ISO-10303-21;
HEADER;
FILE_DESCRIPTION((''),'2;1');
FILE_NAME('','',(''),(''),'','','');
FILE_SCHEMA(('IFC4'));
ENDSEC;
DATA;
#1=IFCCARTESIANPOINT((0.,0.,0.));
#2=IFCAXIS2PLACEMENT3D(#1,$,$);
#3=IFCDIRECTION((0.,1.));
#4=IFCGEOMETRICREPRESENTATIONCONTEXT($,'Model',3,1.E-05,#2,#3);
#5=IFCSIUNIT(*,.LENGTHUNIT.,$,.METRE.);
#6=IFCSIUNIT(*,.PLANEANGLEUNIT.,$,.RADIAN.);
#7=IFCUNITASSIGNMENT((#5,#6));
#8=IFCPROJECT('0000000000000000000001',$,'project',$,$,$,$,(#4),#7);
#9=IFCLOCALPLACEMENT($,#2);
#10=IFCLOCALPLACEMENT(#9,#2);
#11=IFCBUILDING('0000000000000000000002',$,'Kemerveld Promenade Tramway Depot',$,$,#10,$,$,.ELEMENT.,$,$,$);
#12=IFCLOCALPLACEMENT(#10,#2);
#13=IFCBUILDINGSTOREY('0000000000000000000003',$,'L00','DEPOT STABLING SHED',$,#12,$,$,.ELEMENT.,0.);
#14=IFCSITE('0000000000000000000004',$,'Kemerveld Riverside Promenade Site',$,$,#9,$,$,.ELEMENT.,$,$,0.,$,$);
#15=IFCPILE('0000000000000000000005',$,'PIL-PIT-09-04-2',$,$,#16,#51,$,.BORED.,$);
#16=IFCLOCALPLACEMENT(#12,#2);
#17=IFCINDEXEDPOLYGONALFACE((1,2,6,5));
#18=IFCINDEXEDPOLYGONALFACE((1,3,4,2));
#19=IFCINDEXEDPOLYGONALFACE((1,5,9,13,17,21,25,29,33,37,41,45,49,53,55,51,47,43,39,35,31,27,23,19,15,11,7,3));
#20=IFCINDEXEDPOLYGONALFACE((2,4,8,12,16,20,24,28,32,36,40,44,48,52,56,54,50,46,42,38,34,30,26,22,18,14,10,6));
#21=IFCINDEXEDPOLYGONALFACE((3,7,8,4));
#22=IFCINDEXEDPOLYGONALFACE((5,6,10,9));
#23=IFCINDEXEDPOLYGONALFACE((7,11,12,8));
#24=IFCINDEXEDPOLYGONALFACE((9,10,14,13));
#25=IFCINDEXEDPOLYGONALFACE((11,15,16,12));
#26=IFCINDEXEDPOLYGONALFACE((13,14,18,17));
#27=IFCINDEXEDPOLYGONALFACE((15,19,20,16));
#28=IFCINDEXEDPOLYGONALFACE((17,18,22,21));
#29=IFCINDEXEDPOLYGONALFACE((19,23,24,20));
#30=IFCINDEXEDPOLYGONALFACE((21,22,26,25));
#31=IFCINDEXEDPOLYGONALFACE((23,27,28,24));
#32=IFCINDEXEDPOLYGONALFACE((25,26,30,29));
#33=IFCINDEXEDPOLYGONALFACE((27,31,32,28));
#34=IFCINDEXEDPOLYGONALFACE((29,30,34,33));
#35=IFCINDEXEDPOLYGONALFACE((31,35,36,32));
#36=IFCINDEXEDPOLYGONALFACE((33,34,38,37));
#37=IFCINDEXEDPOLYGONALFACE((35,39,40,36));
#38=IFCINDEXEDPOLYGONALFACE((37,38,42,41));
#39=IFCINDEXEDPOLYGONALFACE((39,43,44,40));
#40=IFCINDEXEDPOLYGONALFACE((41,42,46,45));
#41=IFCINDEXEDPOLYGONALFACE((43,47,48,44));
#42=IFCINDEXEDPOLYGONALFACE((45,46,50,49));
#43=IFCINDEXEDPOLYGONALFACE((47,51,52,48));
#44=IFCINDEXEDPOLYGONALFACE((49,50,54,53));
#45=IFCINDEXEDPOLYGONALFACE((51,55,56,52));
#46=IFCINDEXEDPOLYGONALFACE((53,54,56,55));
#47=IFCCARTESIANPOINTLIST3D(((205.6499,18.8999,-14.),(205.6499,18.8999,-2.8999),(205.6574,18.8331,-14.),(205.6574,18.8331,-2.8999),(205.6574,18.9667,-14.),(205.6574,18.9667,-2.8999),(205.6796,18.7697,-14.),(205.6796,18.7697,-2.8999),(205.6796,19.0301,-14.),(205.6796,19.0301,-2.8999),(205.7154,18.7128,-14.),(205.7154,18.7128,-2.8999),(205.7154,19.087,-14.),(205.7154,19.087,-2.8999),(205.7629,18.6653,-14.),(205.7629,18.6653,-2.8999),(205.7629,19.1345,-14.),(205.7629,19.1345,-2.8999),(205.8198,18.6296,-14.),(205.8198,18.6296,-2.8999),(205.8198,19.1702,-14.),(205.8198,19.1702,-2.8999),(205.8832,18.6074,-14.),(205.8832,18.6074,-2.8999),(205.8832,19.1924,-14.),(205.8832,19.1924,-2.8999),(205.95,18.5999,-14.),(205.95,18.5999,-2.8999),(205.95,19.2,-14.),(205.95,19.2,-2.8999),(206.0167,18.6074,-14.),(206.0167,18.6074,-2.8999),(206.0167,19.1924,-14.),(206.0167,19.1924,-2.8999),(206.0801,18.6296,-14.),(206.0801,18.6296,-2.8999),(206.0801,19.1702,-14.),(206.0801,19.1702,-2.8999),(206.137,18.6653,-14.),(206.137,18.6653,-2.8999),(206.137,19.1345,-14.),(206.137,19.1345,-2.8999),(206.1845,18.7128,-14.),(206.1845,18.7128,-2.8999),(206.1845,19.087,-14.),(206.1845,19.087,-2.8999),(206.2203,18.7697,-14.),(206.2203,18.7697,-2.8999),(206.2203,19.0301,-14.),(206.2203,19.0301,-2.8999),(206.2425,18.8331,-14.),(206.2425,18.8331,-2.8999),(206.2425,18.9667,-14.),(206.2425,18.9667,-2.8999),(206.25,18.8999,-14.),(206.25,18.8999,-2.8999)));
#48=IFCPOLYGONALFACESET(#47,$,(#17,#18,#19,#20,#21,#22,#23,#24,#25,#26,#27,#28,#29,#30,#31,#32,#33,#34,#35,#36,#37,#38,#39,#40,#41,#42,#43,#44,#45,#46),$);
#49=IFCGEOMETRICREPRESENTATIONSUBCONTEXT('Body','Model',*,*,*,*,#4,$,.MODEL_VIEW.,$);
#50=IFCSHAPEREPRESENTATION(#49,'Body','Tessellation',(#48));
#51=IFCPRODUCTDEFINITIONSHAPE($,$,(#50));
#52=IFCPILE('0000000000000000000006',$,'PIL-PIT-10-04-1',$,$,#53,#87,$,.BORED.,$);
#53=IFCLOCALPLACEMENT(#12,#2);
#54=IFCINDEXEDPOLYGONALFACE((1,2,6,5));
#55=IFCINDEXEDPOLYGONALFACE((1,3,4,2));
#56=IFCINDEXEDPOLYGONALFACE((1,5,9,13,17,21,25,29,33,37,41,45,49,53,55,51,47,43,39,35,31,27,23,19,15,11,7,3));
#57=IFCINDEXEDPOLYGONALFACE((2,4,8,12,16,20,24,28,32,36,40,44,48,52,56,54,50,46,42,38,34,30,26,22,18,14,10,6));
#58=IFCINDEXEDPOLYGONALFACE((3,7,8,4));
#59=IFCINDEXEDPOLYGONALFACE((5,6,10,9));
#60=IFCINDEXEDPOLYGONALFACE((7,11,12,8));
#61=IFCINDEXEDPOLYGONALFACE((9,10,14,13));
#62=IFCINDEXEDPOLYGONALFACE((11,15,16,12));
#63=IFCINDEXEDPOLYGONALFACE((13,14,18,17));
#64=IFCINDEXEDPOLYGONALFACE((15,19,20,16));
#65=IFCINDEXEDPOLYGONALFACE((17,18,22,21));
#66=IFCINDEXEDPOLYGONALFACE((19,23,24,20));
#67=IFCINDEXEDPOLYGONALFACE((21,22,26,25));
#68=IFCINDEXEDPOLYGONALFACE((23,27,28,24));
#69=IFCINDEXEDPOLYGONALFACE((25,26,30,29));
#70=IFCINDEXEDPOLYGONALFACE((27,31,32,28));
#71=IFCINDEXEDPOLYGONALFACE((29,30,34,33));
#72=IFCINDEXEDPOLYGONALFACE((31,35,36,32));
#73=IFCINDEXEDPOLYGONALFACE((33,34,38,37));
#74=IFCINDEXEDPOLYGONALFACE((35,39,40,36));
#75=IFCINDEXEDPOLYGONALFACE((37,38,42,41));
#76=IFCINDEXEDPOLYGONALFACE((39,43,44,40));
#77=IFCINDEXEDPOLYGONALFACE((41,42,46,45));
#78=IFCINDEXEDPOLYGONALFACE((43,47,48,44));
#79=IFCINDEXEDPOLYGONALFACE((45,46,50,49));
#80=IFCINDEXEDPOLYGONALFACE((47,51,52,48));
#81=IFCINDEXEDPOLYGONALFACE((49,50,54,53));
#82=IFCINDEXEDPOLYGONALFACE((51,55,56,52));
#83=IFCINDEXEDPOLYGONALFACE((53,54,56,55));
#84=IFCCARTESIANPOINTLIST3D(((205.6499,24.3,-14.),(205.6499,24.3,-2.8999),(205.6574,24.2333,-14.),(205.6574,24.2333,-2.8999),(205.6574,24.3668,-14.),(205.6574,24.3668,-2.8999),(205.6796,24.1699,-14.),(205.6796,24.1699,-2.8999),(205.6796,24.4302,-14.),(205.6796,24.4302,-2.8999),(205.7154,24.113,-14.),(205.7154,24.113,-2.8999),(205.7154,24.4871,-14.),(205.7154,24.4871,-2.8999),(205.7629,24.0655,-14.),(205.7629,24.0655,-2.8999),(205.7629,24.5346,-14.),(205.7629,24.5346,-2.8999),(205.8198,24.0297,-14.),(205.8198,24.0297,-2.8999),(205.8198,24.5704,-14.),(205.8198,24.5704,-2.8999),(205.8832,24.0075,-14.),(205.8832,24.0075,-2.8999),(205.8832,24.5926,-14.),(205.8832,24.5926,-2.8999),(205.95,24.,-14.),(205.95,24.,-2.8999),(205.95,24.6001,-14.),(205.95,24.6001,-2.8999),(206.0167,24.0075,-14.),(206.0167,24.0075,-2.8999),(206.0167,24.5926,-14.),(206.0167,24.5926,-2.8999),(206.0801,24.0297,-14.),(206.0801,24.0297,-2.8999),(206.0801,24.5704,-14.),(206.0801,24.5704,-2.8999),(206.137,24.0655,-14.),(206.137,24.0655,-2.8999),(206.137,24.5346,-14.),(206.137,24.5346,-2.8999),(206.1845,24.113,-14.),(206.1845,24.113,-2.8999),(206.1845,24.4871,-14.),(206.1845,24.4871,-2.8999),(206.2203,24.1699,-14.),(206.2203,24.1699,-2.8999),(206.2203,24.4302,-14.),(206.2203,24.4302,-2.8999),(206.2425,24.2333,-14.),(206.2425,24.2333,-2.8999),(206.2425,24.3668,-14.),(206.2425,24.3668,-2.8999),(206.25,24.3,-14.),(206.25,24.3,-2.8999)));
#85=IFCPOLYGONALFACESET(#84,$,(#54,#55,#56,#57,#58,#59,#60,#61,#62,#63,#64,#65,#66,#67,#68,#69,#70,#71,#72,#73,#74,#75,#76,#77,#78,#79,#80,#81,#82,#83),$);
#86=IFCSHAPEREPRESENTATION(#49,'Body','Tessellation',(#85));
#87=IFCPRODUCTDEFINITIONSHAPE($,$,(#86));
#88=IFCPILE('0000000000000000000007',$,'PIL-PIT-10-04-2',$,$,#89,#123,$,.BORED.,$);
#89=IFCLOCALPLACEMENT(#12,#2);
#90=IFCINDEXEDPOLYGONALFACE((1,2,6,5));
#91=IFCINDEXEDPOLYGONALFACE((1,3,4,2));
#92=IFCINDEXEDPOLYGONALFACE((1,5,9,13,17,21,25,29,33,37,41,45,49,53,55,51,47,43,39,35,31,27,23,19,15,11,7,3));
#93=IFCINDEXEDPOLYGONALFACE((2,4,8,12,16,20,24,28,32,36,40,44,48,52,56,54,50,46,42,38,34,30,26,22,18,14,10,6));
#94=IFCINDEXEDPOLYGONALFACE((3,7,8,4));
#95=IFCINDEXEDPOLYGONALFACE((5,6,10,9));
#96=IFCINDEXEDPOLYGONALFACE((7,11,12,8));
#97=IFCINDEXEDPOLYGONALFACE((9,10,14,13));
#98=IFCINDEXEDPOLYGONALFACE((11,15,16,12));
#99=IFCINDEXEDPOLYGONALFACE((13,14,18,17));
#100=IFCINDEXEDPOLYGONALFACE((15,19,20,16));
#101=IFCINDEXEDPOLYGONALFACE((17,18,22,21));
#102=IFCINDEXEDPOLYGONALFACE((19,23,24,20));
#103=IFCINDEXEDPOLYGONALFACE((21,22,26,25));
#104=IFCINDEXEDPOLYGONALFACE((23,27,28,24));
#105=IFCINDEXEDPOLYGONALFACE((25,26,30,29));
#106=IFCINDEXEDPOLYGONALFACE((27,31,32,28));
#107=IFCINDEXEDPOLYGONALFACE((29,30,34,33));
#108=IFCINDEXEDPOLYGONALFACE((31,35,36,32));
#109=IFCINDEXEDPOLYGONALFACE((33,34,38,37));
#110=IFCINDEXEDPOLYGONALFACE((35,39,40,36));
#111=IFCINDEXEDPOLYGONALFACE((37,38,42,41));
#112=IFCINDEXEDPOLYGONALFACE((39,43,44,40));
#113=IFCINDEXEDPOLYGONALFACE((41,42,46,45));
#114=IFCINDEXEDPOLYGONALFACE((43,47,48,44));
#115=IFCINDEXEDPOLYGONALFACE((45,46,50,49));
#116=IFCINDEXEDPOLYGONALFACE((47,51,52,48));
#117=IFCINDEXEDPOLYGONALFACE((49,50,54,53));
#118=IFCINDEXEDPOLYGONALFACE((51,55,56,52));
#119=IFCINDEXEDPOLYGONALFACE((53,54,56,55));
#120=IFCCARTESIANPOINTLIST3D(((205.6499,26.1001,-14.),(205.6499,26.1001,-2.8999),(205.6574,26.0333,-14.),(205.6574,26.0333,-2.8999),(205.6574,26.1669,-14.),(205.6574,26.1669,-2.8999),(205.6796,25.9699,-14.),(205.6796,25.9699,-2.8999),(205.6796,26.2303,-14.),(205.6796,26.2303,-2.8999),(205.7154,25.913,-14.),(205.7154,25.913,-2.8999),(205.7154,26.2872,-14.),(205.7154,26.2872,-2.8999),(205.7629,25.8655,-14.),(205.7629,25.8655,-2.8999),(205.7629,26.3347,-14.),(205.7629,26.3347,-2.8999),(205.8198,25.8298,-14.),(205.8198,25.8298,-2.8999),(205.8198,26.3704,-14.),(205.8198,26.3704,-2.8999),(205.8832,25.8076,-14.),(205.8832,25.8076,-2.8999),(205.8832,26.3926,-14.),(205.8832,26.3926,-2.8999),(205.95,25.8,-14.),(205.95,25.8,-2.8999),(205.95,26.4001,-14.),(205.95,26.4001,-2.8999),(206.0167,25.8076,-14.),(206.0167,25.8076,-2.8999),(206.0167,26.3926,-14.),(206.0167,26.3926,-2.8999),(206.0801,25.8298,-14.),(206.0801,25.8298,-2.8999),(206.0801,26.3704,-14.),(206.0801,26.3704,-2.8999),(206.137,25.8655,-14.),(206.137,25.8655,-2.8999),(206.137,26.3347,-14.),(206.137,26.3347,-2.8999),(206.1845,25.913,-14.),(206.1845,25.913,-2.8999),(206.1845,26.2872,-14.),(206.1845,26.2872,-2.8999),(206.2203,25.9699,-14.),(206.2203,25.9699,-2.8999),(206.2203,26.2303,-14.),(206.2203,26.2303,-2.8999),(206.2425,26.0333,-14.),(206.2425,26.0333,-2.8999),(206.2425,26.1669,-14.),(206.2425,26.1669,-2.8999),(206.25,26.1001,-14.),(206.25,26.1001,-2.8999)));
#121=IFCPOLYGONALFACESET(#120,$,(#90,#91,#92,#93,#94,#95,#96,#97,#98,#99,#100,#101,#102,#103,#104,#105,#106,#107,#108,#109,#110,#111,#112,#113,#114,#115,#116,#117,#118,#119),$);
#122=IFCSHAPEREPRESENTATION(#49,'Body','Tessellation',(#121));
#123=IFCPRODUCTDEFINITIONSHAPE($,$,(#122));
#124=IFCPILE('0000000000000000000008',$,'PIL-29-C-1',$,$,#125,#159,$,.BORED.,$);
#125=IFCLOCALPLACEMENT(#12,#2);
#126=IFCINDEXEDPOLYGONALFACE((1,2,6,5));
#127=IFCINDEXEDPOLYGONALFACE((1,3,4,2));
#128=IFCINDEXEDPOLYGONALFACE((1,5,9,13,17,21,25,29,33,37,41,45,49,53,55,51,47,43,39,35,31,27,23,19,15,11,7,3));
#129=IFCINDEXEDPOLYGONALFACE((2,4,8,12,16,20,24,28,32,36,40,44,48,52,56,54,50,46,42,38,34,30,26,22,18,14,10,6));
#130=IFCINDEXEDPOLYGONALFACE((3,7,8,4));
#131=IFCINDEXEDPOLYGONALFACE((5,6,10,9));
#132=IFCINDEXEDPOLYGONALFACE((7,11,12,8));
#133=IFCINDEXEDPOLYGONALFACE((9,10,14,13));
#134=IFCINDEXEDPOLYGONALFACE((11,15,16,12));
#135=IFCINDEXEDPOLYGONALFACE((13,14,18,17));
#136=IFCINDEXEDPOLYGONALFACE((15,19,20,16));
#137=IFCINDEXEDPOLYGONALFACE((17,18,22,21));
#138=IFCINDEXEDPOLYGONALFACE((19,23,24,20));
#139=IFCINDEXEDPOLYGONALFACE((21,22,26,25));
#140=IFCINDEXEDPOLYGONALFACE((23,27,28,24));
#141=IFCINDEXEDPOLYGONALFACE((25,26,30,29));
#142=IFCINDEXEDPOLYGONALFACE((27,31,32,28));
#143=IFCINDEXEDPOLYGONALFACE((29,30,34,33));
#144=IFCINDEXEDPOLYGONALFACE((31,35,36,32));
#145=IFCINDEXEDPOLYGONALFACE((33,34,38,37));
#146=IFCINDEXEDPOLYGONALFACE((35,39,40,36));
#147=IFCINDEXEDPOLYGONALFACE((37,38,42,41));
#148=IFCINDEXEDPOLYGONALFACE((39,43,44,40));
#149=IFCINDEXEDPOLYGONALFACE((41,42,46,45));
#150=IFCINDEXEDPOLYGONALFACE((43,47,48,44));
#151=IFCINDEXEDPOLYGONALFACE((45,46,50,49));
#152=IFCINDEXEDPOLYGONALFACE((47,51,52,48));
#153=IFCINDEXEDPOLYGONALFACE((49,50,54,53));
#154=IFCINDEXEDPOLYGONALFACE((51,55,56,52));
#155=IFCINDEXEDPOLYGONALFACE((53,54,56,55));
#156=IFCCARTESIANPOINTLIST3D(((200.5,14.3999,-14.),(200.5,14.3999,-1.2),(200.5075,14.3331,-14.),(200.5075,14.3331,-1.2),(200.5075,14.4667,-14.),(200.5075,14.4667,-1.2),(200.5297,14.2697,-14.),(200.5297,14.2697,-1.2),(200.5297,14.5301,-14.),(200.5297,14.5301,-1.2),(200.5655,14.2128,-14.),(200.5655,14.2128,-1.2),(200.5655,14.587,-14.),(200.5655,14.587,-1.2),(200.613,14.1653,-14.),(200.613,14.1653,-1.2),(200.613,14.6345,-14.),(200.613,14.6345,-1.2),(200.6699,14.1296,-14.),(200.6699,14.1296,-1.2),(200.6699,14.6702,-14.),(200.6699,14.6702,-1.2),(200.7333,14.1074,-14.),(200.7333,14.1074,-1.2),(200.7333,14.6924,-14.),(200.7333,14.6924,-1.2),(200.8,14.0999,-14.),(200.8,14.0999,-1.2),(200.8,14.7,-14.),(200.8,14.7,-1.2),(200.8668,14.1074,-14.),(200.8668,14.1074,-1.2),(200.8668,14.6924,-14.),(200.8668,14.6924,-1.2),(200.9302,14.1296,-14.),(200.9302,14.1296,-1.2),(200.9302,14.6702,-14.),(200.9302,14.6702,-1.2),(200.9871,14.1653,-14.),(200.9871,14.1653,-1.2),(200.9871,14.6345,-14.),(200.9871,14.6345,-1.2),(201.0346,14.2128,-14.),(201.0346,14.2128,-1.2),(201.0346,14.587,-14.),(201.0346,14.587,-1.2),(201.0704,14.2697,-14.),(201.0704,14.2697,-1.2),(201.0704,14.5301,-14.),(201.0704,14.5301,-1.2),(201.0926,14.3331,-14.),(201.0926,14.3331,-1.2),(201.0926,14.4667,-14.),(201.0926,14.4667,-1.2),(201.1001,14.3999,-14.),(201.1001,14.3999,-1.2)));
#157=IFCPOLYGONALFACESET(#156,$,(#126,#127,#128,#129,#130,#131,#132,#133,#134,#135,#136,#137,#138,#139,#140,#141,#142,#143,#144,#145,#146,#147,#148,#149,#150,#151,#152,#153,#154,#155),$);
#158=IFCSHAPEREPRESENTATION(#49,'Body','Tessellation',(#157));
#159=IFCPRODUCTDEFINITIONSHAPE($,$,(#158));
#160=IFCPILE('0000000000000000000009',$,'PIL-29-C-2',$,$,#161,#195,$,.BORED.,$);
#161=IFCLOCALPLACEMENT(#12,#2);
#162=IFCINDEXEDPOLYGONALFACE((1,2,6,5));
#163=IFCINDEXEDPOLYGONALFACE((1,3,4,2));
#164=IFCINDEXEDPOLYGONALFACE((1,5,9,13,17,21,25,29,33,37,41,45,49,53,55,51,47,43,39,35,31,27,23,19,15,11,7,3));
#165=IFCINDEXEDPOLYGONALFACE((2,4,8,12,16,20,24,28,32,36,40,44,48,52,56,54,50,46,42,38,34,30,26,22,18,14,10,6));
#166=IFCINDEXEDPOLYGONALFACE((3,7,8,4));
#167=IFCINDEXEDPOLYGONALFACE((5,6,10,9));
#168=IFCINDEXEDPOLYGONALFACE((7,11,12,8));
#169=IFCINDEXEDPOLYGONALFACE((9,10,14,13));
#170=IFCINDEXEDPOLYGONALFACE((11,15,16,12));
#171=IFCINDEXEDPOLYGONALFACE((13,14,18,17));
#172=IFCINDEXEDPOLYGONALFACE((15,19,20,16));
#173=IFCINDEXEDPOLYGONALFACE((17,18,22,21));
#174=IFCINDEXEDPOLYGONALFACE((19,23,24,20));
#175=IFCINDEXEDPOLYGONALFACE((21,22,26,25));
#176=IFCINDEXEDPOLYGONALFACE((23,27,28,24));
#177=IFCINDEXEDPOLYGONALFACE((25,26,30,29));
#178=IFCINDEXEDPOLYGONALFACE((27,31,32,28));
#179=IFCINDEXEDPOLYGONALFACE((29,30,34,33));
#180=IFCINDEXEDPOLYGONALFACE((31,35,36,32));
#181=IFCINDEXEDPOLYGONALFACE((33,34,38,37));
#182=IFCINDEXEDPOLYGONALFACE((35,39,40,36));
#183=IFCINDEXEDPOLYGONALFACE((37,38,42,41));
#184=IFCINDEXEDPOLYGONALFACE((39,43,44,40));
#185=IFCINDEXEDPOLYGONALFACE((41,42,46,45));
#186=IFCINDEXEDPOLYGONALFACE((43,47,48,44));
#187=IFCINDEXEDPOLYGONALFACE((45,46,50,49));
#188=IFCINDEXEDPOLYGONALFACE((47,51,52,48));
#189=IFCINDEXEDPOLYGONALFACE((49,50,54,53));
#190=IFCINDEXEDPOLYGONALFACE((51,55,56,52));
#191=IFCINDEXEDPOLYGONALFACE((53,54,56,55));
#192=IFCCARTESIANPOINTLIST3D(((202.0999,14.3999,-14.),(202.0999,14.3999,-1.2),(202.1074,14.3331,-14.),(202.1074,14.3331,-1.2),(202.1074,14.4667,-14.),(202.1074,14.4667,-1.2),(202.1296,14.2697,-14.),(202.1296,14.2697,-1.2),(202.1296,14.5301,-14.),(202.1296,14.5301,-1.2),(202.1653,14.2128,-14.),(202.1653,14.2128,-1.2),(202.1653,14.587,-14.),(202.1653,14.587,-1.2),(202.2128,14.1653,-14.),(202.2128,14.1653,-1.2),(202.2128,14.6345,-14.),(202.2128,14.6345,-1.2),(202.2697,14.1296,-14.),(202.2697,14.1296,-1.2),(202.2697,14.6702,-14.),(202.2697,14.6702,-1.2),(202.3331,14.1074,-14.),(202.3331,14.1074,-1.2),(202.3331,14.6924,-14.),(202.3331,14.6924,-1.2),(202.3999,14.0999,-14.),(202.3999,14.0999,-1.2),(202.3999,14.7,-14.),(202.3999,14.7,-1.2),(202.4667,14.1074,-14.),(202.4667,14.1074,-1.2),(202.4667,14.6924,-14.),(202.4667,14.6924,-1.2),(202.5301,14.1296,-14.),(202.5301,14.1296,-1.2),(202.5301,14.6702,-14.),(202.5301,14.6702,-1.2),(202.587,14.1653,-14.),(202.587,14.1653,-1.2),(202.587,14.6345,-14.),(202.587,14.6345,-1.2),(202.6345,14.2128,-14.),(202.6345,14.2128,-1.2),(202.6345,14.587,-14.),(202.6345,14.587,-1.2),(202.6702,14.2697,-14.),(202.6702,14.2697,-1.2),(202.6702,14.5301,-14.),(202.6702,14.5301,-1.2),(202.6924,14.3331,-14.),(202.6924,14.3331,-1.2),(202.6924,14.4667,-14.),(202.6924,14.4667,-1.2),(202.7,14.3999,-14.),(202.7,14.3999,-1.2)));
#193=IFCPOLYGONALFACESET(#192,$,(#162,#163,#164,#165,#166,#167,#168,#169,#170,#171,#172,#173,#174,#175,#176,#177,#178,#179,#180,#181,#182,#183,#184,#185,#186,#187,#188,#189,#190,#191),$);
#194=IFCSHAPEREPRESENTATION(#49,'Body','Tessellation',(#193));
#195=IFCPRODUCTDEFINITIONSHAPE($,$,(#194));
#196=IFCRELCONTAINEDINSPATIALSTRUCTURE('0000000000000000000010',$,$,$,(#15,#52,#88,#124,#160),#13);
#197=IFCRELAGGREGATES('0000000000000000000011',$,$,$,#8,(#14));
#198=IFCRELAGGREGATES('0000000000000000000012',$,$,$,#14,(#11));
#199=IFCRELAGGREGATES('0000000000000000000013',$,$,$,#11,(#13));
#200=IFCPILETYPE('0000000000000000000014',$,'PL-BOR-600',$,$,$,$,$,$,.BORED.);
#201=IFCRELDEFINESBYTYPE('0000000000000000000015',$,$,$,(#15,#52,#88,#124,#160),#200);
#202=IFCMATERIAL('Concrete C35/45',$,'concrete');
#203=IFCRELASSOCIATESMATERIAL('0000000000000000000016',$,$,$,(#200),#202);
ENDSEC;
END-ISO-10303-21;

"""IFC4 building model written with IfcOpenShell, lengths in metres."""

from ifc_helpers import new_model, si_unit, direction, frame, origin, origin_2d, place, context, subcontext, project, spatial, circle, extrude, material, material_profile, profile_set, type_object, element, save


model = new_model("IFC4")

# Units and contexts
model_context = context("Model", 3, precision=1e-05, world=origin(), true_north=direction((0.0, 1.0)))
body_context = subcontext(model_context, "Body", "Model", "MODEL_VIEW")
ifc_project = project(units=[si_unit("LENGTHUNIT", "METRE"), si_unit("PLANEANGLEUNIT", "RADIAN")], contexts=[model_context])

# Site, building, storey
site_placement = place(None, origin())
site = spatial("IfcSite", under=ifc_project, at=site_placement, Name="Kemerveld Riverside Promenade Site", CompositionType="ELEMENT", RefElevation=0.0)
building_placement = place(site_placement, origin())
building = spatial("IfcBuilding", under=site, at=building_placement, Name="Kemerveld Promenade Tramway Depot", CompositionType="ELEMENT")
storey_placement = place(building_placement, origin())
storey = spatial("IfcBuildingStorey", under=building, at=storey_placement, Name="L00", Description="DEPOT STABLING SHED", CompositionType="ELEMENT", Elevation=0.0)

# Shared definitions
ifc_material_1 = material(Name="Concrete C35/45", Category="concrete")

# Piles
ifc_material_profile_1 = material_profile(ifc_material_1, circle(Radius=0.3, at=origin_2d()), Name="PILE-D600")
ifc_profile_set_1 = profile_set([ifc_material_profile_1], Name="Concrete C35/45")
pile_type_1 = type_object("IfcPileType", Name="PL-BOR-600", PredefinedType="BORED", material=ifc_profile_set_1)
for number, where, z_axis, x_axis, name in (
    (1, (205.95, 18.8999, -2.8999), (0.0, 0.0, -1.0), (1.0, 0.0, 0.0), "PIL-PIT-09-04-2"),
    (2, (205.95, 24.3, -2.8999), (0.0, 0.0, -1.0), (1.0, 0.0, 0.0), "PIL-PIT-10-04-1"),
    (3, (205.95, 26.1001, -2.8999), (0.0, 0.0, -1.0), (1.0, 0.0, 0.0), "PIL-PIT-10-04-2"),
):
    element("IfcPile", number, at=place(storey_placement, frame(where, z_axis=z_axis, x_axis=x_axis)), inside=storey, type_object=pile_type_1, Name=name, PredefinedType="BORED", context=body_context, shape_type="SweptSolid", body=[
        extrude(circle(Radius=0.3, at=origin_2d()), origin(), (0.0, 0.0, 1.0), 11.1001),
    ])
for number, where, z_axis, x_axis, name in (
    (4, (200.8, 14.3999, -1.2), (0.0, 0.0, -1.0), (1.0, 0.0, 0.0), "PIL-29-C-1"),
    (5, (202.3999, 14.3999, -1.2), (0.0, 0.0, -1.0), (1.0, 0.0, 0.0), "PIL-29-C-2"),
):
    element("IfcPile", number, at=place(storey_placement, frame(where, z_axis=z_axis, x_axis=x_axis)), inside=storey, type_object=pile_type_1, Name=name, PredefinedType="BORED", context=body_context, shape_type="SweptSolid", body=[
        extrude(circle(Radius=0.3, at=origin_2d()), origin(), (0.0, 0.0, 1.0), 12.8),
    ])

save(model, "model.ifc")
